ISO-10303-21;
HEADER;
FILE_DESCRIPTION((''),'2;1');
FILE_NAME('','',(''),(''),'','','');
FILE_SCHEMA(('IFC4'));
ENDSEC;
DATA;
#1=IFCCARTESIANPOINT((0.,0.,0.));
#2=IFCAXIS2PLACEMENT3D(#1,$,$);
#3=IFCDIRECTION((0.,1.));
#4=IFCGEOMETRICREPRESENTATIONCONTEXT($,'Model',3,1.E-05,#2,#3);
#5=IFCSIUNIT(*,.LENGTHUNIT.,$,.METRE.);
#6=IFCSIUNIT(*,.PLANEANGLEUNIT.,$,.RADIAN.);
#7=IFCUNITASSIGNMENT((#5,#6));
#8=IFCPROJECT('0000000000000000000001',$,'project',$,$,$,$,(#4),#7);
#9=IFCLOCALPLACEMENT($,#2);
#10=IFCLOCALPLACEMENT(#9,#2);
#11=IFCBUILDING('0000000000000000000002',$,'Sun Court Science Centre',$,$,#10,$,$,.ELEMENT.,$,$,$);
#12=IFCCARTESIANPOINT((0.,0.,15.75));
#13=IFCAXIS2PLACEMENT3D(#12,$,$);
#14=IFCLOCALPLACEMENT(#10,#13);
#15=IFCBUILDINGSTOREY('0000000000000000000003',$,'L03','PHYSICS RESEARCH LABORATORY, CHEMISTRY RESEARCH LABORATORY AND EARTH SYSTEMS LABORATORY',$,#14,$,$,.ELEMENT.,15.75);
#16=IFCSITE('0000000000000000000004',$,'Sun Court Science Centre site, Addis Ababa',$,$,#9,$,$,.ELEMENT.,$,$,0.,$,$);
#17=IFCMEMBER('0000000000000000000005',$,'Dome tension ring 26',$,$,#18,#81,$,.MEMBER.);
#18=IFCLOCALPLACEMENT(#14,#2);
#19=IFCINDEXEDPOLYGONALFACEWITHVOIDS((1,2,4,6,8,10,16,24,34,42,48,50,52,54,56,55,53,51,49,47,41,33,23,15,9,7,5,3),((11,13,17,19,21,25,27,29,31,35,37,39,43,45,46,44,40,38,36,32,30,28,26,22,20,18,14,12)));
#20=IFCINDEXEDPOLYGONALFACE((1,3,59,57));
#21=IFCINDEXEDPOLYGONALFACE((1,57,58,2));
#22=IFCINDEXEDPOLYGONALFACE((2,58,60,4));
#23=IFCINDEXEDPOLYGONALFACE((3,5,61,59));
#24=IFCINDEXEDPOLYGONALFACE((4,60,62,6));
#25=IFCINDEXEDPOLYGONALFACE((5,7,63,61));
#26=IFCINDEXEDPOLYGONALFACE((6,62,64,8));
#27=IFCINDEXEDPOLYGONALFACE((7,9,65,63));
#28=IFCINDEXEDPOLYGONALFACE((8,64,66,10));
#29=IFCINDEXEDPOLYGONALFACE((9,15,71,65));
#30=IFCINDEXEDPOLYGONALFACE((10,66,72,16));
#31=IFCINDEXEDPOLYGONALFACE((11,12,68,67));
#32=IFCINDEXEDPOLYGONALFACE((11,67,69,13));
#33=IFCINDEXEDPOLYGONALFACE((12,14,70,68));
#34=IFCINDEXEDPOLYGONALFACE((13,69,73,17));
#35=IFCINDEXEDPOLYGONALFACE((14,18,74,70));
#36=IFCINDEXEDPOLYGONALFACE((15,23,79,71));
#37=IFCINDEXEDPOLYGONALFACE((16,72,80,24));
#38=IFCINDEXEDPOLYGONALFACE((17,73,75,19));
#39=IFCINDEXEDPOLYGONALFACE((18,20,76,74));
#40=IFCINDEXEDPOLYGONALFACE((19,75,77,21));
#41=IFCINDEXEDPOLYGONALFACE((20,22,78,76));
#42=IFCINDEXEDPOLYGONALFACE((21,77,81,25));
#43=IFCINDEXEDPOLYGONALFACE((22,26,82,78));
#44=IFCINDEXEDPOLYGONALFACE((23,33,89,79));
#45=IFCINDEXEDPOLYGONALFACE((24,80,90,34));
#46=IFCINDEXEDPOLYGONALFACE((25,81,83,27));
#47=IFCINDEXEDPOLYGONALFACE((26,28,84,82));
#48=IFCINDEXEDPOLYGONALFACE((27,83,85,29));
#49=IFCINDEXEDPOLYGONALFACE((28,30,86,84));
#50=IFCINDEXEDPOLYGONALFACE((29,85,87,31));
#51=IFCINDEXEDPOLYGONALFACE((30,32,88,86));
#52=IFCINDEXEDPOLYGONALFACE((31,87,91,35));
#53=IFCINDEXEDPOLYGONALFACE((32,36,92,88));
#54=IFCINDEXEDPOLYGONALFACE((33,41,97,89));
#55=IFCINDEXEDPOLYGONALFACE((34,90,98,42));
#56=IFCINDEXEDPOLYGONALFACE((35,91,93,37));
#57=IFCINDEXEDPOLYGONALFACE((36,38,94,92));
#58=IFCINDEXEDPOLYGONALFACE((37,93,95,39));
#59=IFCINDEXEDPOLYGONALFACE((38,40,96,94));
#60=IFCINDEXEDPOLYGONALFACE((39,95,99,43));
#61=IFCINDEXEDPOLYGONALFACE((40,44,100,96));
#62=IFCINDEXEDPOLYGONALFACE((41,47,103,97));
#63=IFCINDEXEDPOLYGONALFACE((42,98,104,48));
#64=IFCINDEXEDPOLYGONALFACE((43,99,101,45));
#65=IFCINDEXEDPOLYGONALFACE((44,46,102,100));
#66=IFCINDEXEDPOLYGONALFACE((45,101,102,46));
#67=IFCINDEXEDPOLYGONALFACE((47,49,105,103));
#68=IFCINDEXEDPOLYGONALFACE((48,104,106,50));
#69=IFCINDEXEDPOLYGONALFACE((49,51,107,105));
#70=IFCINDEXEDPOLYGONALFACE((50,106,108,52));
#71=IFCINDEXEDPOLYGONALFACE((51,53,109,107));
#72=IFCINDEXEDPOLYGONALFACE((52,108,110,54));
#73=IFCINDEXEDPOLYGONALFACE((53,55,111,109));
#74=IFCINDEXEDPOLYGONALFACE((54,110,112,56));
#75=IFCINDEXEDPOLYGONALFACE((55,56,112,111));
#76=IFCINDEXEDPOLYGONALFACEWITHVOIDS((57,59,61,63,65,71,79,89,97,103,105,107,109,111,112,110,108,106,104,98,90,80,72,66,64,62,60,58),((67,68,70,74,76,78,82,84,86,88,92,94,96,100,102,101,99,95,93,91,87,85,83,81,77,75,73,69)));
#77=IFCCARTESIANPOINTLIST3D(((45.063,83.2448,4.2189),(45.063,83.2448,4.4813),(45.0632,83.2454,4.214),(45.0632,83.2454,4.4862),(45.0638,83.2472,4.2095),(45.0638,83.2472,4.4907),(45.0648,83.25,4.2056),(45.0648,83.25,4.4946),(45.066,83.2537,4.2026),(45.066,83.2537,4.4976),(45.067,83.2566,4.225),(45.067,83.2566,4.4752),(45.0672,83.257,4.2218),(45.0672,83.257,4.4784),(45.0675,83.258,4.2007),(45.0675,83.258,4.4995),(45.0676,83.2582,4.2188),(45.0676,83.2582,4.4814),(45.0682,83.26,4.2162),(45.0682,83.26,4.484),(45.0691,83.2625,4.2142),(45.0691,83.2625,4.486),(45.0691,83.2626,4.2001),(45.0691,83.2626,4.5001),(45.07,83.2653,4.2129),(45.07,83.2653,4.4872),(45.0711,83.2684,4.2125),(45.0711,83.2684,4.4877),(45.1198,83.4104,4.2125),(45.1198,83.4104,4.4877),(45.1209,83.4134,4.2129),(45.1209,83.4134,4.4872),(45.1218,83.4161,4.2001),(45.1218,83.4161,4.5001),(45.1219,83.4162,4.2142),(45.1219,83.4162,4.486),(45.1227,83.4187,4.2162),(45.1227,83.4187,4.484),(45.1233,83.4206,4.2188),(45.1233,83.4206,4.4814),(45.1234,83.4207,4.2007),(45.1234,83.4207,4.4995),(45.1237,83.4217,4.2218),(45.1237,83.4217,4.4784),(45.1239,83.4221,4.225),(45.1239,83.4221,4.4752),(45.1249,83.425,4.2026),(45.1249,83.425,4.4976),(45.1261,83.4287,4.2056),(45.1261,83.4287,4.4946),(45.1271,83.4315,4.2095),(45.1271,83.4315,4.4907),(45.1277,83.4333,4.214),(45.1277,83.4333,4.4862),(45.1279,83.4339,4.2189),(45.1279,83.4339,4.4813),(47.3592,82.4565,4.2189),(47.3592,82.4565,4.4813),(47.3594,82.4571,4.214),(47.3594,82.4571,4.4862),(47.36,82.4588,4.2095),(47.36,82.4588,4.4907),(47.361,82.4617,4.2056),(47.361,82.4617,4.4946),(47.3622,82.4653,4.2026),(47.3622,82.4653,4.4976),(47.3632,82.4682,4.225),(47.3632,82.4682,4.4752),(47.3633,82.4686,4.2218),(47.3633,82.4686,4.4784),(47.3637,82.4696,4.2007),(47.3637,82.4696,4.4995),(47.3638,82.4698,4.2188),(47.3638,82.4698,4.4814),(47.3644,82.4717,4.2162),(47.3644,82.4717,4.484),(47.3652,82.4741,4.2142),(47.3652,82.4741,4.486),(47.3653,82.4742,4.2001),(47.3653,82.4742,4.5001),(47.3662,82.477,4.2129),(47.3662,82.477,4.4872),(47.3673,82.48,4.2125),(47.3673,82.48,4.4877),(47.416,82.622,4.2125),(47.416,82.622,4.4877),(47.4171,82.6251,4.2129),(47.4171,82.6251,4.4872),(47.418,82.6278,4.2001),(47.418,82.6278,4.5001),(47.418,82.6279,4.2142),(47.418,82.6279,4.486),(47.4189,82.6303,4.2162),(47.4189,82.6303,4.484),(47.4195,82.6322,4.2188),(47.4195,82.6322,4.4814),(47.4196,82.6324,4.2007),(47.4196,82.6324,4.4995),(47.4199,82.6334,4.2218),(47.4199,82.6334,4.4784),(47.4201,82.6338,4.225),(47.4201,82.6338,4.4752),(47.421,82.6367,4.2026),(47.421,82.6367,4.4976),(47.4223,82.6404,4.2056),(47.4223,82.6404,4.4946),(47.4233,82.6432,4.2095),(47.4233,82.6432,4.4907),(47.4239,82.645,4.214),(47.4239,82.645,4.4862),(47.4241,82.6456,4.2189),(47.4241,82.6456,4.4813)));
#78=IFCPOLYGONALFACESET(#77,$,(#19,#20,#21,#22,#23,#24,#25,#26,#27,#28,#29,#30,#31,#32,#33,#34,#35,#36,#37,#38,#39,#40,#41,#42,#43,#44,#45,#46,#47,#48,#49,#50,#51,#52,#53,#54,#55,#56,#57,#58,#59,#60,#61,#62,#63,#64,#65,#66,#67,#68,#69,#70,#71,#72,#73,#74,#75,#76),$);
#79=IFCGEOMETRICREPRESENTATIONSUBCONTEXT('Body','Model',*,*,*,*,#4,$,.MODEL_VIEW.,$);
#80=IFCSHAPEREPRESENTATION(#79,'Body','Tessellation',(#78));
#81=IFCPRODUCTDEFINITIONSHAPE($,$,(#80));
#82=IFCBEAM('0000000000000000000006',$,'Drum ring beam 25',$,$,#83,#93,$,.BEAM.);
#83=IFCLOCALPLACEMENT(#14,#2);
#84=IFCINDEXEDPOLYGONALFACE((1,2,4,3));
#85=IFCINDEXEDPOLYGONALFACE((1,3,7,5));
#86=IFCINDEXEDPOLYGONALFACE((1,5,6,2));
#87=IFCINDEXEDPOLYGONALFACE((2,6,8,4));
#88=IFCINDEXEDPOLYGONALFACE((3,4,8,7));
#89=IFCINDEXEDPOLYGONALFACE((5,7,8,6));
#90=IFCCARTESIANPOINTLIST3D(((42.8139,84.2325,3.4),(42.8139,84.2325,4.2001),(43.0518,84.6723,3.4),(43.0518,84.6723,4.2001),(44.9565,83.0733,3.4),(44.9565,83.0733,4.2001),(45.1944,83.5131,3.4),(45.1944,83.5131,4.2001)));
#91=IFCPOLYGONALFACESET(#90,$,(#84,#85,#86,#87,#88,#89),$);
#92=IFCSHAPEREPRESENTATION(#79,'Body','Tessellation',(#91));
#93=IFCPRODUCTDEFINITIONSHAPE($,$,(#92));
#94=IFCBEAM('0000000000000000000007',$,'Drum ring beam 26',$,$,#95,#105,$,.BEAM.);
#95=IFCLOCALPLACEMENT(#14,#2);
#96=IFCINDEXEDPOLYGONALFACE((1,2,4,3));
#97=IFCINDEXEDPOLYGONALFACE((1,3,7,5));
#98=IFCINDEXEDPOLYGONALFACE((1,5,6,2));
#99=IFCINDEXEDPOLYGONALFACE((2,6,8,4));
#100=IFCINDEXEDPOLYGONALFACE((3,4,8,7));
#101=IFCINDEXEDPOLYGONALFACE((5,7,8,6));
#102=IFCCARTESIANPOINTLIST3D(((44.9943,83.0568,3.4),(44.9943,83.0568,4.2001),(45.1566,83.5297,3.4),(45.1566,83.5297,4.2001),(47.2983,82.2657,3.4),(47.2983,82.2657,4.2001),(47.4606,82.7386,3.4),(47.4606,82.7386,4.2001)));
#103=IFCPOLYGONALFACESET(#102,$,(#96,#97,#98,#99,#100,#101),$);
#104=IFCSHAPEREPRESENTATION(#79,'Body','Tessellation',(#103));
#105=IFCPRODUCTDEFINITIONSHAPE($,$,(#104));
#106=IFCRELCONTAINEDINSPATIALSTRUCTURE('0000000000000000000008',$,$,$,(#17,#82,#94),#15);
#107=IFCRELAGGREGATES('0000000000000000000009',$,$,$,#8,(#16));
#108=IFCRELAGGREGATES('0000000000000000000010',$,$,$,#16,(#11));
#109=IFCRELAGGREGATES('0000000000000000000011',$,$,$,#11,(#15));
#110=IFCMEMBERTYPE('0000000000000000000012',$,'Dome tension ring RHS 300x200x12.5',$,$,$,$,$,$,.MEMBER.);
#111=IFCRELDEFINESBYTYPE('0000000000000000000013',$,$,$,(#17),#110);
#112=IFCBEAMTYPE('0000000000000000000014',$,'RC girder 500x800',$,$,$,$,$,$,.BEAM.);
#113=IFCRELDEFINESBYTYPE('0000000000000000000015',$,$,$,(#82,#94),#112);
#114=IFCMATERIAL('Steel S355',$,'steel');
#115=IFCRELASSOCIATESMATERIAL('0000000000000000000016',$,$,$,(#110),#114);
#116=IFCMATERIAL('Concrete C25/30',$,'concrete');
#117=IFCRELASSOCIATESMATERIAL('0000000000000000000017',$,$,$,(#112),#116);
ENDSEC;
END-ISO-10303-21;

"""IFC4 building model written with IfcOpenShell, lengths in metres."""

from ifc_helpers import new_model, si_unit, direction, frame, origin, origin_2d, place, context, subcontext, project, spatial, rectangle, hollow_rectangle, extrude, material, material_profile, profile_set, type_object, element, save


model = new_model("IFC4")

# Units and contexts
model_context = context("Model", 3, precision=1e-05, world=origin(), true_north=direction((0.0, 1.0)))
body_context = subcontext(model_context, "Body", "Model", "MODEL_VIEW")
ifc_project = project(units=[si_unit("LENGTHUNIT", "METRE"), si_unit("PLANEANGLEUNIT", "RADIAN")], contexts=[model_context])

# Site, building, storey
site_placement = place(None, origin())
site = spatial("IfcSite", under=ifc_project, at=site_placement, Name="Sun Court Science Centre site, Addis Ababa", CompositionType="ELEMENT", RefElevation=0.0)
building_placement = place(site_placement, origin())
building = spatial("IfcBuilding", under=site, at=building_placement, Name="Sun Court Science Centre", CompositionType="ELEMENT")
storey_placement = place(building_placement, frame((0.0, 0.0, 15.75)))
storey = spatial("IfcBuildingStorey", under=building, at=storey_placement, Name="L03", Description="PHYSICS RESEARCH LABORATORY, CHEMISTRY RESEARCH LABORATORY AND EARTH SYSTEMS LABORATORY", CompositionType="ELEMENT", Elevation=15.75)

# Member
ifc_material_1 = material(Name="Steel S355", Category="steel")
ifc_material_profile_1 = material_profile(ifc_material_1, hollow_rectangle(XDim=0.2, YDim=0.3, WallThickness=0.0125, InnerFilletRadius=0.0125, OuterFilletRadius=0.0188, at=origin_2d()), Name="RHS 300x200x12.5")
ifc_profile_set_1 = profile_set([ifc_material_profile_1], Name="Steel S355")
member_type_1 = type_object("IfcMemberType", Name="Dome tension ring RHS 300x200x12.5", PredefinedType="MEMBER", material=ifc_profile_set_1)
member_1_placement = place(storey_placement, frame((45.0955, 83.3394, 4.3501), z_axis=(0.945809, -0.324723, 0.0), x_axis=(0.324723, 0.945809, 0.0)))
element("IfcMember", 1, at=member_1_placement, inside=storey, type_object=member_type_1, Name="Dome tension ring 26", PredefinedType="MEMBER", context=body_context, shape_type="SweptSolid", body=[
    extrude(hollow_rectangle(XDim=0.2, YDim=0.3, WallThickness=0.0125, InnerFilletRadius=0.0125, OuterFilletRadius=0.0188, at=origin_2d()), origin(), (0.0, 0.0, 1.0), 2.4277),
])

# Beams
ifc_material_2 = material(Name="Concrete C25/30", Category="concrete")
ifc_material_profile_2 = material_profile(ifc_material_2, rectangle(XDim=0.5, YDim=0.8, at=origin_2d()), Name="RC 500x800")
ifc_profile_set_2 = profile_set([ifc_material_profile_2], Name="Concrete C25/30")
beam_type = type_object("IfcBeamType", Name="RC girder 500x800", PredefinedType="BEAM", material=ifc_profile_set_2)
for number, where, z_axis, x_axis, name in (
    (2, (42.9329, 84.4524, 3.8), (0.87953, -0.475844, 0.0), (0.475844, 0.87953, 0.0), "Drum ring beam 25"),
    (3, (45.0754, 83.2932, 3.8), (0.945809, -0.324724, 0.0), (0.324724, 0.945809, 0.0), "Drum ring beam 26"),
):
    element("IfcBeam", number, at=place(storey_placement, frame(where, z_axis=z_axis, x_axis=x_axis)), inside=storey, type_object=beam_type, Name=name, PredefinedType="BEAM", context=body_context, shape_type="SweptSolid", body=[
        extrude(rectangle(XDim=0.5, YDim=0.8, at=origin_2d()), origin(), (0.0, 0.0, 1.0), 2.436),
    ])

save(model, "model.ifc")
